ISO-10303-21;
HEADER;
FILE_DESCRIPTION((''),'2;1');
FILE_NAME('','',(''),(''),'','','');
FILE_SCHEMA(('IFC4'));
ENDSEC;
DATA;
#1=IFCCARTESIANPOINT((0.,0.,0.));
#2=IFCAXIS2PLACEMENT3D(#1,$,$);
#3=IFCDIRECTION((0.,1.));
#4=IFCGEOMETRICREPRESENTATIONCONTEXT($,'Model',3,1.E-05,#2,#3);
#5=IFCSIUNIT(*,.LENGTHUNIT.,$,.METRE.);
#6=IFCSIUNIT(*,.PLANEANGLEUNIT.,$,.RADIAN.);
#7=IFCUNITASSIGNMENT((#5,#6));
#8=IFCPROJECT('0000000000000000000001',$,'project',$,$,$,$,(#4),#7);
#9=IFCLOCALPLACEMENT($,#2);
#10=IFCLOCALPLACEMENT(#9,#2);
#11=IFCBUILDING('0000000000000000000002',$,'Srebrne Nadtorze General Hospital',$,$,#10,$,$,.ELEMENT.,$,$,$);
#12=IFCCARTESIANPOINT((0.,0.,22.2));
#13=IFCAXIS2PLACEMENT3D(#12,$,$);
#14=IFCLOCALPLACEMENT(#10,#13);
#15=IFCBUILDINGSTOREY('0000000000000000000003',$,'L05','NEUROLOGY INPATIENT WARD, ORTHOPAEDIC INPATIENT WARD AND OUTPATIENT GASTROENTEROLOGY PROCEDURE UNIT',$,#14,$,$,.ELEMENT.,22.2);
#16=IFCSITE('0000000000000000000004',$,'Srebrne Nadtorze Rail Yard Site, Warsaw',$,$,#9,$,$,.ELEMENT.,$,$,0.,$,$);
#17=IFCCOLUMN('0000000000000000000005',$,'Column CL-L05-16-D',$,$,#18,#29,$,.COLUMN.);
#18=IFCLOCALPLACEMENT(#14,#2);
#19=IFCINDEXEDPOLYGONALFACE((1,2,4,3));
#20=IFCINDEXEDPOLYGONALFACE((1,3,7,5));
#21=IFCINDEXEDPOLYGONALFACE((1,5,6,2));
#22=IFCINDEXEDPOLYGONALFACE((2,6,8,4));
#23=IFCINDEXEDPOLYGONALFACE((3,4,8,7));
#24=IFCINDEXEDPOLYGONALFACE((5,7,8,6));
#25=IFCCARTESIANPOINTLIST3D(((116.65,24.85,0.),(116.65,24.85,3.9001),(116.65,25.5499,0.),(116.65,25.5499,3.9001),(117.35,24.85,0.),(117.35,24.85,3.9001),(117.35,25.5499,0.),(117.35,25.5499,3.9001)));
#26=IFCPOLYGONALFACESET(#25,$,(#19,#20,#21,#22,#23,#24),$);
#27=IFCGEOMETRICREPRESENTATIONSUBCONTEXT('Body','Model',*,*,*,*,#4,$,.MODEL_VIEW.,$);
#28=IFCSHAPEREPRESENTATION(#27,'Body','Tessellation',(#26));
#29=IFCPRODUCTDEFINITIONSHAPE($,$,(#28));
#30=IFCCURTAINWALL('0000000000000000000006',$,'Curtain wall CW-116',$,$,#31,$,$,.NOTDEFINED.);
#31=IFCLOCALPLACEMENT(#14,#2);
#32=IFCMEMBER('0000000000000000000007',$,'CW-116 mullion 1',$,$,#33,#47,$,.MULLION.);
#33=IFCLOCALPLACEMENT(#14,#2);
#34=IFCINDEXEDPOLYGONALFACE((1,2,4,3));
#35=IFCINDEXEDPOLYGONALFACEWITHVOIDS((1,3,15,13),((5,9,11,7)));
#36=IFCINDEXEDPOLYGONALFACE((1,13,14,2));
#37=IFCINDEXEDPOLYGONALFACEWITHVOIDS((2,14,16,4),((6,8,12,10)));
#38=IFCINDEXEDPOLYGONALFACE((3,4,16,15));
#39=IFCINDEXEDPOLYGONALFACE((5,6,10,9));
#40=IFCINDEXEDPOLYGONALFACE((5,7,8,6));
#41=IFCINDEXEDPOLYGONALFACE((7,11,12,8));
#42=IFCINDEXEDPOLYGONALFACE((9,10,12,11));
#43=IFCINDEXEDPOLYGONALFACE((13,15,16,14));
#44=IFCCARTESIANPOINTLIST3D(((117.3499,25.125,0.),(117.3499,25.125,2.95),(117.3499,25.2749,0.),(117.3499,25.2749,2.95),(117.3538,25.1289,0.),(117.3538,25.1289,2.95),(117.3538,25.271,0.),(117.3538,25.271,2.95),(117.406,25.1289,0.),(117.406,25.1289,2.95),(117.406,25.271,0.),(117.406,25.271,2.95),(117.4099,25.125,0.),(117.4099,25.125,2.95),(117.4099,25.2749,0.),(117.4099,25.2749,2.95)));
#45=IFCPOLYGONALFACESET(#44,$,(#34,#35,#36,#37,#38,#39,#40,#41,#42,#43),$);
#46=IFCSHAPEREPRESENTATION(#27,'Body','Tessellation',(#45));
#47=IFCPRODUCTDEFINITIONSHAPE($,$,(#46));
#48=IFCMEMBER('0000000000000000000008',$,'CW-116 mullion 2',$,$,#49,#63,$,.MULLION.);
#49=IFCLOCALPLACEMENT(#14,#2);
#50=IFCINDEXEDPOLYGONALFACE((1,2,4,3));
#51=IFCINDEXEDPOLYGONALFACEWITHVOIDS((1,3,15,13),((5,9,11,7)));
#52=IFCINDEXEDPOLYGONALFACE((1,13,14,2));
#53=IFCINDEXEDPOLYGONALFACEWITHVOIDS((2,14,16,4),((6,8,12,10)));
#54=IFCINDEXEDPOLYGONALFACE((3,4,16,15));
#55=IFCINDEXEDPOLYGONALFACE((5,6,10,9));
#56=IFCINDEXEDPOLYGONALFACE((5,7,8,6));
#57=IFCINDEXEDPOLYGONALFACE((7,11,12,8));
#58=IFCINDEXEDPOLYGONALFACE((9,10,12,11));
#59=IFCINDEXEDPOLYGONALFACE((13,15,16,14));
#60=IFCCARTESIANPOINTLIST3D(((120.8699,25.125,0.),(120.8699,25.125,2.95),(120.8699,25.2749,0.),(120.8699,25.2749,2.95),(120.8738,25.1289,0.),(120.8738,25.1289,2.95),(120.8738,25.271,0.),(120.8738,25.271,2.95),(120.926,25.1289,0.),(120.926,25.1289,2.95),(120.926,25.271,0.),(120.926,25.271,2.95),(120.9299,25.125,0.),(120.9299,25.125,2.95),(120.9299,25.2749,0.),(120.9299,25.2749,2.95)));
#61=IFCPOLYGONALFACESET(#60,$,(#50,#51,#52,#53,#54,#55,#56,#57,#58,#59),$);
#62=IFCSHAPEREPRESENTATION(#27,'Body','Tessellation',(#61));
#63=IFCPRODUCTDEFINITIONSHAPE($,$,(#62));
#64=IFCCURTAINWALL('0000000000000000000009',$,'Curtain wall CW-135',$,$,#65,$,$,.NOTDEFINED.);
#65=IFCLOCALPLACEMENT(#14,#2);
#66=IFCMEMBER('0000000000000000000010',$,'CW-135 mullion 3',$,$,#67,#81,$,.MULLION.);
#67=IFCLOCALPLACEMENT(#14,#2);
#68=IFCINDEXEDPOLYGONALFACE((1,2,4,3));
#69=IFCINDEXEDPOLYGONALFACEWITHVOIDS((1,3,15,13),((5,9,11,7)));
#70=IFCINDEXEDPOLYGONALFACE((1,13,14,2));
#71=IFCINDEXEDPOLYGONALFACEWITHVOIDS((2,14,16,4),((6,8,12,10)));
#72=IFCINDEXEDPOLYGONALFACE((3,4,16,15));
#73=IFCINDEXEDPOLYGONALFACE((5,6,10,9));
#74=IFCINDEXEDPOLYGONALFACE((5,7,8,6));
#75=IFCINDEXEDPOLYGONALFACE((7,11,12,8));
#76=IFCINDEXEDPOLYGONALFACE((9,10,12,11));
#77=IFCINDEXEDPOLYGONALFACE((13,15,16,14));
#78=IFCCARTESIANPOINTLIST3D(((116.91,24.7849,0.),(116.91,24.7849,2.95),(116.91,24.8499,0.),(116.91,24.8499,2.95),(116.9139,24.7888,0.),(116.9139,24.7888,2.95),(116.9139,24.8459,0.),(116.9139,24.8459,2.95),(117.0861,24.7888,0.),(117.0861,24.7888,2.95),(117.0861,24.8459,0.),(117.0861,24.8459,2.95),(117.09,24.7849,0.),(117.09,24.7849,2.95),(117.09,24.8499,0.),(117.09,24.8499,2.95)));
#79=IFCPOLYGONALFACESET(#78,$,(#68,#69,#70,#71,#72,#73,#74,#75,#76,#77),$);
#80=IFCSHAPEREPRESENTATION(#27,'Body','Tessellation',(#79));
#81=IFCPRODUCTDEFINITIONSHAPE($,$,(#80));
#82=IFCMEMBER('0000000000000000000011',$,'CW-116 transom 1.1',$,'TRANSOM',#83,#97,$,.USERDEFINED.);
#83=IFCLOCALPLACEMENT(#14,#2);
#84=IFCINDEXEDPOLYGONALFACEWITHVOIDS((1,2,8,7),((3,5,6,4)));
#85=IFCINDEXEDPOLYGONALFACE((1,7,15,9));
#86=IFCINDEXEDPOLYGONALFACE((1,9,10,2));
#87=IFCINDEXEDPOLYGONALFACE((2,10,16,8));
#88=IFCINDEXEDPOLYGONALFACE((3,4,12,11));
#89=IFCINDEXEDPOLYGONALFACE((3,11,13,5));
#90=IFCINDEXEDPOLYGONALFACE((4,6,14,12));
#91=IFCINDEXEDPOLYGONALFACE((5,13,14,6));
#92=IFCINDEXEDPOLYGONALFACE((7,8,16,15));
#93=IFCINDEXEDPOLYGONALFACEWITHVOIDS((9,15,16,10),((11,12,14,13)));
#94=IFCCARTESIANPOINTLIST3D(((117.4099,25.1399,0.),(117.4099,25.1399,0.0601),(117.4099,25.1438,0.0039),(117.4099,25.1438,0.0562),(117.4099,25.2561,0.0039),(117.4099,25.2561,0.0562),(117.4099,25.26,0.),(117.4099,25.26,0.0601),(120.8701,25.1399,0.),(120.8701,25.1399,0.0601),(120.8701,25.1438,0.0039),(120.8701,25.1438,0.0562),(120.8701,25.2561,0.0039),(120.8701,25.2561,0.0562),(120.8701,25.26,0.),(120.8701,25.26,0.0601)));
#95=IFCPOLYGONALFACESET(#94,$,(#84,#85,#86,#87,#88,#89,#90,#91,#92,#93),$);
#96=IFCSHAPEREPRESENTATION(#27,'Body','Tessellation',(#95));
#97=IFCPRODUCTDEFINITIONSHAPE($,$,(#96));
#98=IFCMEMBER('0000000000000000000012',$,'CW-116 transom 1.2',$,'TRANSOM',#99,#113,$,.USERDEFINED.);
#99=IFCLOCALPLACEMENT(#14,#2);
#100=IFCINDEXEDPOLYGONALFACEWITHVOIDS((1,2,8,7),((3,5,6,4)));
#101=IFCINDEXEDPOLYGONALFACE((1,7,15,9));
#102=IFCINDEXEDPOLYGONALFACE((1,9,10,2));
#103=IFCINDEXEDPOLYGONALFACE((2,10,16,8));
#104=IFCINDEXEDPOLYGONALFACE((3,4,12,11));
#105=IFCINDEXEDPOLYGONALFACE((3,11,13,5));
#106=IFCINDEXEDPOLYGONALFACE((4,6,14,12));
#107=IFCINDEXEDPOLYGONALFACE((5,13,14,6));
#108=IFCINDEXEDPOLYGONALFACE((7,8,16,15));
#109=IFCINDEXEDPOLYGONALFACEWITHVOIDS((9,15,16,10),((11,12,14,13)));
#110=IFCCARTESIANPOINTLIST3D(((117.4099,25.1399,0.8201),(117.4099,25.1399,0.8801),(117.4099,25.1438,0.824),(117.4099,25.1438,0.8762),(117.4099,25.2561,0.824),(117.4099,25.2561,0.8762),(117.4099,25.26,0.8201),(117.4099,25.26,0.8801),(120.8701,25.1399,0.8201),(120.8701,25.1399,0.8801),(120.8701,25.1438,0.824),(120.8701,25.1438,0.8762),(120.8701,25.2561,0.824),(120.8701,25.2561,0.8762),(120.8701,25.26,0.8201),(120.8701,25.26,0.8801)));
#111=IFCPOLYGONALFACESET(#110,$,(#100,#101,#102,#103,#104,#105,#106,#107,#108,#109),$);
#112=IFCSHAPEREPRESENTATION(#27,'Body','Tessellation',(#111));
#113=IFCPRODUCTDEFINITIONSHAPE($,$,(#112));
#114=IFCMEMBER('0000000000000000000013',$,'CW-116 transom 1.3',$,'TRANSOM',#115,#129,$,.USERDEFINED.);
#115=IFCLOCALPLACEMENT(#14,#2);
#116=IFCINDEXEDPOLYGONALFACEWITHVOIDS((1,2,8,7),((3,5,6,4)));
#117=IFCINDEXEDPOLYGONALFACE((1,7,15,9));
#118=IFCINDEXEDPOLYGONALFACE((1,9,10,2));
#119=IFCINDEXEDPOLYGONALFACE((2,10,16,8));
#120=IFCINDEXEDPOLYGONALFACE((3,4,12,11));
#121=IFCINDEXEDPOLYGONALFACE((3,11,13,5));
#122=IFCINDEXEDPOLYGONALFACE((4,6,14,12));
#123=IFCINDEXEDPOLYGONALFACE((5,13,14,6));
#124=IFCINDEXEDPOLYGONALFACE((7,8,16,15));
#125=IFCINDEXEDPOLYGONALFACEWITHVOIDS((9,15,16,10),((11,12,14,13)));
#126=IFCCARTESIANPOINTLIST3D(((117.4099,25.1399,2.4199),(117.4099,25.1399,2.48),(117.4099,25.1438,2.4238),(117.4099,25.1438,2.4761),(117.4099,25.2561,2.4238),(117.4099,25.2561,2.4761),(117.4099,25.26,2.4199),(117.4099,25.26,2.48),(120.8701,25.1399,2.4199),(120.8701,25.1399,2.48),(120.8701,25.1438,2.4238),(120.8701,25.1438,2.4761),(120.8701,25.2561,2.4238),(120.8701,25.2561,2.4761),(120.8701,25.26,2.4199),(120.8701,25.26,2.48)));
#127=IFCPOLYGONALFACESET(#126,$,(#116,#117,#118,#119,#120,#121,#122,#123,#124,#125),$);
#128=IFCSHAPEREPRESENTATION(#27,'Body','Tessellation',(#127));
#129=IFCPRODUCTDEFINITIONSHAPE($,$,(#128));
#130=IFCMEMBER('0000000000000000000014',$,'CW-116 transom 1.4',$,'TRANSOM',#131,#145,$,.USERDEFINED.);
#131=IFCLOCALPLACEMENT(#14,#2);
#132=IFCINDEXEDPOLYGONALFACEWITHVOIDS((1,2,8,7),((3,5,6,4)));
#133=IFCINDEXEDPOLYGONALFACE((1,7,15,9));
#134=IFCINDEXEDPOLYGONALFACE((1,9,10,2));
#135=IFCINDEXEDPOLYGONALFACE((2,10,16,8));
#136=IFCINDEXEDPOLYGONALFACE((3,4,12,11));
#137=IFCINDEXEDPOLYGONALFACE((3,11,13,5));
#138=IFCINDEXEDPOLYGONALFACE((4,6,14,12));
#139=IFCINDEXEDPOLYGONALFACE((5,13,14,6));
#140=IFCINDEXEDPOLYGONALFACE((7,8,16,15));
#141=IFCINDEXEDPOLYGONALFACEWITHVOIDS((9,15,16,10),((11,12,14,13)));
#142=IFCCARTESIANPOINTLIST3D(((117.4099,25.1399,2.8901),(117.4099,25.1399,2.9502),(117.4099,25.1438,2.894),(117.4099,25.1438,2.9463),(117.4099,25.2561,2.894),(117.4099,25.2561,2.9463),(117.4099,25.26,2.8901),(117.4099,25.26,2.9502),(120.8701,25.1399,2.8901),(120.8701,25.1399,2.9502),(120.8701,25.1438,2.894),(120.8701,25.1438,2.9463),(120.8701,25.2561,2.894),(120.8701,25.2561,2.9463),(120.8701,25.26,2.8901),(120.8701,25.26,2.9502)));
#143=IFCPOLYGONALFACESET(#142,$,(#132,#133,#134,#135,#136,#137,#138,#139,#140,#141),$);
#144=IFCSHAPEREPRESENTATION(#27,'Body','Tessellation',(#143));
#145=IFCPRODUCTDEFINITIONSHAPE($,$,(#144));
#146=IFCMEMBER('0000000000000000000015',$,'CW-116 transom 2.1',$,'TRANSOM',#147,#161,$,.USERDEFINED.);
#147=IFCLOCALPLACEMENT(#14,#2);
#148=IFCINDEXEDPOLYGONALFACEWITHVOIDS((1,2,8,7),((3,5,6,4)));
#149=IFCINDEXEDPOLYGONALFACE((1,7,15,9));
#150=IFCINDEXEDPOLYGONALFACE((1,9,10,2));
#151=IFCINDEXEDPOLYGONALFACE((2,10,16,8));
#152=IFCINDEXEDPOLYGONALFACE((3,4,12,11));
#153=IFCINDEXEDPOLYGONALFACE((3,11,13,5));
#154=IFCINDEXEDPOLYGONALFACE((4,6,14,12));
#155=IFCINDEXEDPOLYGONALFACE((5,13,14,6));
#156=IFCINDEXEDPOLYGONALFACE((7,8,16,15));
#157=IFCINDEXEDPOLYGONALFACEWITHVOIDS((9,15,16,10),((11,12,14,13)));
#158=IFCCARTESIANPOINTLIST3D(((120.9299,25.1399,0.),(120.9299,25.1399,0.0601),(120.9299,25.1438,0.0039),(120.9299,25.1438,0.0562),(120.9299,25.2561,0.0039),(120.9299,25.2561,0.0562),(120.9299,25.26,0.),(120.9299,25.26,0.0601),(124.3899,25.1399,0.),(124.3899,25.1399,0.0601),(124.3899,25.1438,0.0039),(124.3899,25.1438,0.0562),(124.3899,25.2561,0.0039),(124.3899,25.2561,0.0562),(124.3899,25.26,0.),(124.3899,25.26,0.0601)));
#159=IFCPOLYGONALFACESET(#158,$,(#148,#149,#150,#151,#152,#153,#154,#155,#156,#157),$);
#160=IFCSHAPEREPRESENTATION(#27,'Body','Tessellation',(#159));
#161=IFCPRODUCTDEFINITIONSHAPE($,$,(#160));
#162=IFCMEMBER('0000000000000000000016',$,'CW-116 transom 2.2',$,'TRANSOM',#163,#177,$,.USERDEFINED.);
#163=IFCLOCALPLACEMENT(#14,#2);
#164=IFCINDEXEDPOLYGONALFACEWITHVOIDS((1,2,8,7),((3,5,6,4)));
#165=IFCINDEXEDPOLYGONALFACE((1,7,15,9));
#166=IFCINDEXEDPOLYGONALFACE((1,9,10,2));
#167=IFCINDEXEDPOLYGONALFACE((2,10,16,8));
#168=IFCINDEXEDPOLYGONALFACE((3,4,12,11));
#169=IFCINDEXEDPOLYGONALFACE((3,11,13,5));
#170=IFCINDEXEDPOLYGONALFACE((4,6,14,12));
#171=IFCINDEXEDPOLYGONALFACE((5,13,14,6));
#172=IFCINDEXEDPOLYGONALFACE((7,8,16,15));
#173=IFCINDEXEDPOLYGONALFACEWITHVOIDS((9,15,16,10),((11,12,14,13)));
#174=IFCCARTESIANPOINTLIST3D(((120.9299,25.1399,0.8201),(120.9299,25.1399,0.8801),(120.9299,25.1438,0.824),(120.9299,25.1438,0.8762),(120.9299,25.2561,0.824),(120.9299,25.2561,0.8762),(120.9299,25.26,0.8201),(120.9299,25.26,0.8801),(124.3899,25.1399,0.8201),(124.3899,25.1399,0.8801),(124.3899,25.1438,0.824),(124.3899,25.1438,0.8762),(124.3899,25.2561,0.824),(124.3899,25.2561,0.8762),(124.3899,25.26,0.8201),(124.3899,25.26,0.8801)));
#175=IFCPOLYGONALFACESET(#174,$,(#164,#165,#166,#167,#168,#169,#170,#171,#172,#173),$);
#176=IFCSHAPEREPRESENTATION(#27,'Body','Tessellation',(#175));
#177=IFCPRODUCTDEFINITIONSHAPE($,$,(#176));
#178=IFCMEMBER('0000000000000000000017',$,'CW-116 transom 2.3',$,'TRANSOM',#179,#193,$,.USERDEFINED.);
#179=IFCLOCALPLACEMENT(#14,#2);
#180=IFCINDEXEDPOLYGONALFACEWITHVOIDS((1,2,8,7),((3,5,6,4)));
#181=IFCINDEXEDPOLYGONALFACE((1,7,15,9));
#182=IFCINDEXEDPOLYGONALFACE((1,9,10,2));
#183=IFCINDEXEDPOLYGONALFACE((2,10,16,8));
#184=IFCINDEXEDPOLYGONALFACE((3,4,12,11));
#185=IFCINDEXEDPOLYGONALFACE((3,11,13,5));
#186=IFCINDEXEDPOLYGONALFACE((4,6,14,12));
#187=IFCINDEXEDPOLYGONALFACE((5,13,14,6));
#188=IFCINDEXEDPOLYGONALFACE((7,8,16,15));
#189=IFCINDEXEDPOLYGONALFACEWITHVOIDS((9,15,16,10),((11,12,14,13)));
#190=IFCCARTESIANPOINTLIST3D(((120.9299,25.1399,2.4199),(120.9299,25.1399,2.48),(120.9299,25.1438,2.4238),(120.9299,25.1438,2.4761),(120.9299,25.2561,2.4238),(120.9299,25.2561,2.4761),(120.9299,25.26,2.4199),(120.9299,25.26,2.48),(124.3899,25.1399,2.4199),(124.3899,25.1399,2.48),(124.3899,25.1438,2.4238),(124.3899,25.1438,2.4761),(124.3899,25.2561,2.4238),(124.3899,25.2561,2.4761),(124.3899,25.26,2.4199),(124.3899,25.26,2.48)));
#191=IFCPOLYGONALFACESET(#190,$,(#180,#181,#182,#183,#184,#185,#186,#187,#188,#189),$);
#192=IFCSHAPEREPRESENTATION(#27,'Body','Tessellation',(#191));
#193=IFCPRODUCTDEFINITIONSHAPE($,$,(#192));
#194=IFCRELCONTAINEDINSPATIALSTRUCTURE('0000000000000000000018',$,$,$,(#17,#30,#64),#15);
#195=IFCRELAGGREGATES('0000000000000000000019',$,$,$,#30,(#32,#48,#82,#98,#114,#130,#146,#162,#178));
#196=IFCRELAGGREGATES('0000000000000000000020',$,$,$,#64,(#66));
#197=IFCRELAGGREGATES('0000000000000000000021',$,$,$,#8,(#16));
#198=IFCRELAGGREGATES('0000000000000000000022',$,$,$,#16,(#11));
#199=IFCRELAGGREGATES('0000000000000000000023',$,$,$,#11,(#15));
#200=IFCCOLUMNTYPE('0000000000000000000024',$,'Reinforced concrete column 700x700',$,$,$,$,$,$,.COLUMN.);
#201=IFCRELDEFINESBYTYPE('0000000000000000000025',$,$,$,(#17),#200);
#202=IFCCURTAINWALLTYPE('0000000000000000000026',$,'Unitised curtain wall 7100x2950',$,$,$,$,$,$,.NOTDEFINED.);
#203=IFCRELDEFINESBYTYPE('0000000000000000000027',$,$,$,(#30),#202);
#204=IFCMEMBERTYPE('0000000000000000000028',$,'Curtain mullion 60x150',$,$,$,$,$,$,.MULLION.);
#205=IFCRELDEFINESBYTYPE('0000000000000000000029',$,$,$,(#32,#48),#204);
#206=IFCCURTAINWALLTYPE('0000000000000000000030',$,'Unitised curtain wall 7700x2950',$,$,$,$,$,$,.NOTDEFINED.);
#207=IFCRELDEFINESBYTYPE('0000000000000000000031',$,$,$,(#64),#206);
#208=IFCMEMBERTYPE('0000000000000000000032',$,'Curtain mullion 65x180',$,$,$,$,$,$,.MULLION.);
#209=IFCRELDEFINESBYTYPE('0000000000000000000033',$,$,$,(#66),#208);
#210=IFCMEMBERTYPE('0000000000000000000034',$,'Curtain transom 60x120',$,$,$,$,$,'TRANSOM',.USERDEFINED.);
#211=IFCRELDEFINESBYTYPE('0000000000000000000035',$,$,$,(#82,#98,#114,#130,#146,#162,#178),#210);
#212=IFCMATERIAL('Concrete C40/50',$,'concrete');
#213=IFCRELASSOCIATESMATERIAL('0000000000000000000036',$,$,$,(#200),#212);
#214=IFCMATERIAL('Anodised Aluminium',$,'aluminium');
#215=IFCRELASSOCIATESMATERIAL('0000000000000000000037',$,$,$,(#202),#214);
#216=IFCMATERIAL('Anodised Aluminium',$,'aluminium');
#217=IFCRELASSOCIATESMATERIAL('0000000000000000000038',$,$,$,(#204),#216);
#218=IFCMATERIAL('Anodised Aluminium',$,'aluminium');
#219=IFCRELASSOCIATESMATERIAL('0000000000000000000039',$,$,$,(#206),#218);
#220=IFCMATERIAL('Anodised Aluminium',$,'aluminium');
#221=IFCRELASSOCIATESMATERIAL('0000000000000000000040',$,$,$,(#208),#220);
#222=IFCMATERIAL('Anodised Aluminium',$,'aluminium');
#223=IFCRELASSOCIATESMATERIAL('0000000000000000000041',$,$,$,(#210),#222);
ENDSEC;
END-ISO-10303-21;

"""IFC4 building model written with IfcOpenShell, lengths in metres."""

from ifc_helpers import new_model, si_unit, direction, frame, origin, origin_2d, place, context, subcontext, project, spatial, rectangle, hollow_rectangle, extrude, material, material_profile, profile_set, type_object, element, aggregate, save


model = new_model("IFC4")

# Units and contexts
model_context = context("Model", 3, precision=1e-05, world=origin(), true_north=direction((0.0, 1.0)))
body_context = subcontext(model_context, "Body", "Model", "MODEL_VIEW")
ifc_project = project(units=[si_unit("LENGTHUNIT", "METRE"), si_unit("PLANEANGLEUNIT", "RADIAN")], contexts=[model_context])

# Site, building, storey
site_placement = place(None, origin())
site = spatial("IfcSite", under=ifc_project, at=site_placement, Name="Srebrne Nadtorze Rail Yard Site, Warsaw", CompositionType="ELEMENT", RefElevation=0.0)
building_placement = place(site_placement, origin())
building = spatial("IfcBuilding", under=site, at=building_placement, Name="Srebrne Nadtorze General Hospital", CompositionType="ELEMENT")
storey_placement = place(building_placement, frame((0.0, 0.0, 22.2)))
storey = spatial("IfcBuildingStorey", under=building, at=storey_placement, Name="L05", Description="NEUROLOGY INPATIENT WARD, ORTHOPAEDIC INPATIENT WARD AND OUTPATIENT GASTROENTEROLOGY PROCEDURE UNIT", CompositionType="ELEMENT", Elevation=22.2)

# Column
ifc_material_1 = material(Name="Concrete C40/50", Category="concrete")
ifc_material_profile_1 = material_profile(ifc_material_1, rectangle(XDim=0.7, YDim=0.7, at=origin_2d()), Name="RC-COL-700x700")
ifc_profile_set_1 = profile_set([ifc_material_profile_1], Name="Concrete C40/50")
column_type = type_object("IfcColumnType", Name="Reinforced concrete column 700x700", PredefinedType="COLUMN", material=ifc_profile_set_1)
column_placement = place(storey_placement, frame((117.0, 25.2, 0.0), z_axis=(0.0, 0.0, 1.0), x_axis=(1.0, 0.0, 0.0)))
element("IfcColumn", 1, at=column_placement, inside=storey, type_object=column_type, Name="Column CL-L05-16-D", PredefinedType="COLUMN", context=body_context, shape_type="SweptSolid", body=[
    extrude(rectangle(XDim=0.7, YDim=0.7, at=origin_2d()), origin(), (0.0, 0.0, 1.0), 3.9001),
])

# Curtain wall, members
ifc_material_2 = material(Name="Anodised Aluminium", Category="aluminium")
curtain_wall_type_1 = type_object("IfcCurtainWallType", Name="Unitised curtain wall 7100x2950", PredefinedType="NOTDEFINED", material=ifc_material_2)
curtain_wall_1_placement = place(storey_placement, origin())
curtain_wall_1 = element("IfcCurtainWall", 2, at=curtain_wall_1_placement, inside=storey, type_object=curtain_wall_type_1, Name="Curtain wall CW-116", PredefinedType="NOTDEFINED")
ifc_material_3 = material(Name="Anodised Aluminium", Category="aluminium")
ifc_material_profile_2 = material_profile(ifc_material_3, hollow_rectangle(XDim=0.0601, YDim=0.1499, WallThickness=0.0039, at=origin_2d()), Name="AL-MUL-60x150")
ifc_profile_set_2 = profile_set([ifc_material_profile_2], Name="Anodised Aluminium")
member_type_1 = type_object("IfcMemberType", Name="Curtain mullion 60x150", PredefinedType="MULLION", material=ifc_profile_set_2)
member_1_placement = place(storey_placement, frame((117.3799, 25.2, 0.0), z_axis=(0.0, 0.0, 1.0), x_axis=(1.0, 0.0, 0.0)))
member_1 = element("IfcMember", 3, at=member_1_placement, type_object=member_type_1, Name="CW-116 mullion 1", PredefinedType="MULLION", context=body_context, shape_type="SweptSolid", body=[
    extrude(hollow_rectangle(XDim=0.0601, YDim=0.1499, WallThickness=0.0039, at=origin_2d()), origin(), (0.0, 0.0, 1.0), 2.95),
])
member_2_placement = place(storey_placement, frame((120.8999, 25.2, 0.0), z_axis=(0.0, 0.0, 1.0), x_axis=(1.0, 0.0, 0.0)))
member_2 = element("IfcMember", 4, at=member_2_placement, type_object=member_type_1, Name="CW-116 mullion 2", PredefinedType="MULLION", context=body_context, shape_type="SweptSolid", body=[
    extrude(hollow_rectangle(XDim=0.0601, YDim=0.1499, WallThickness=0.0039, at=origin_2d()), origin(), (0.0, 0.0, 1.0), 2.95),
])

# Curtain wall, member
ifc_material_4 = material(Name="Anodised Aluminium", Category="aluminium")
curtain_wall_type_2 = type_object("IfcCurtainWallType", Name="Unitised curtain wall 7700x2950", PredefinedType="NOTDEFINED", material=ifc_material_4)
curtain_wall_2_placement = place(storey_placement, origin())
curtain_wall_2 = element("IfcCurtainWall", 5, at=curtain_wall_2_placement, inside=storey, type_object=curtain_wall_type_2, Name="Curtain wall CW-135", PredefinedType="NOTDEFINED")
ifc_material_5 = material(Name="Anodised Aluminium", Category="aluminium")
ifc_material_profile_3 = material_profile(ifc_material_5, hollow_rectangle(XDim=0.0649, YDim=0.1799, WallThickness=0.0039, at=origin_2d()), Name="AL-MUL-65x180")
ifc_profile_set_3 = profile_set([ifc_material_profile_3], Name="Anodised Aluminium")
member_type_2 = type_object("IfcMemberType", Name="Curtain mullion 65x180", PredefinedType="MULLION", material=ifc_profile_set_3)
member_3_placement = place(storey_placement, frame((117.0, 24.8174, 0.0), z_axis=(0.0, 0.0, 1.0), x_axis=(0.0, 1.0, 0.0)))
member_3 = element("IfcMember", 6, at=member_3_placement, type_object=member_type_2, Name="CW-135 mullion 3", PredefinedType="MULLION", context=body_context, shape_type="SweptSolid", body=[
    extrude(hollow_rectangle(XDim=0.0649, YDim=0.1799, WallThickness=0.0039, at=origin_2d()), origin(), (0.0, 0.0, 1.0), 2.95),
])

# Members
ifc_material_6 = material(Name="Anodised Aluminium", Category="aluminium")
ifc_material_profile_4 = material_profile(ifc_material_6, hollow_rectangle(XDim=0.0601, YDim=0.1201, WallThickness=0.0039, at=origin_2d()), Name="AL-TRN-60x120")
ifc_profile_set_4 = profile_set([ifc_material_profile_4], Name="Anodised Aluminium")
member_type_3 = type_object("IfcMemberType", Name="Curtain transom 60x120", ElementType="TRANSOM", PredefinedType="USERDEFINED", material=ifc_profile_set_4)
member_4_placement = place(storey_placement, frame((117.4099, 25.2, 0.03), z_axis=(1.0, 0.0, 0.0), x_axis=(0.0, 0.0, 1.0)))
member_4 = element("IfcMember", 7, at=member_4_placement, type_object=member_type_3, Name="CW-116 transom 1.1", ObjectType="TRANSOM", PredefinedType="USERDEFINED", context=body_context, shape_type="SweptSolid", body=[
    extrude(hollow_rectangle(XDim=0.0601, YDim=0.1201, WallThickness=0.0039, at=origin_2d()), origin(), (0.0, 0.0, 1.0), 3.4602),
])
member_5_placement = place(storey_placement, frame((117.4099, 25.2, 0.8501), z_axis=(1.0, 0.0, 0.0), x_axis=(0.0, 0.0, 1.0)))
member_5 = element("IfcMember", 8, at=member_5_placement, type_object=member_type_3, Name="CW-116 transom 1.2", ObjectType="TRANSOM", PredefinedType="USERDEFINED", context=body_context, shape_type="SweptSolid", body=[
    extrude(hollow_rectangle(XDim=0.0601, YDim=0.1201, WallThickness=0.0039, at=origin_2d()), origin(), (0.0, 0.0, 1.0), 3.4602),
])
member_6_placement = place(storey_placement, frame((117.4099, 25.2, 2.45), z_axis=(1.0, 0.0, 0.0), x_axis=(0.0, 0.0, 1.0)))
member_6 = element("IfcMember", 9, at=member_6_placement, type_object=member_type_3, Name="CW-116 transom 1.3", ObjectType="TRANSOM", PredefinedType="USERDEFINED", context=body_context, shape_type="SweptSolid", body=[
    extrude(hollow_rectangle(XDim=0.0601, YDim=0.1201, WallThickness=0.0039, at=origin_2d()), origin(), (0.0, 0.0, 1.0), 3.4602),
])
member_7_placement = place(storey_placement, frame((117.4099, 25.2, 2.9202), z_axis=(1.0, 0.0, 0.0), x_axis=(0.0, 0.0, 1.0)))
member_7 = element("IfcMember", 10, at=member_7_placement, type_object=member_type_3, Name="CW-116 transom 1.4", ObjectType="TRANSOM", PredefinedType="USERDEFINED", context=body_context, shape_type="SweptSolid", body=[
    extrude(hollow_rectangle(XDim=0.0601, YDim=0.1201, WallThickness=0.0039, at=origin_2d()), origin(), (0.0, 0.0, 1.0), 3.4602),
])
member_8_placement = place(storey_placement, frame((120.9299, 25.2, 0.03), z_axis=(1.0, 0.0, 0.0), x_axis=(0.0, 0.0, 1.0)))
member_8 = element("IfcMember", 11, at=member_8_placement, type_object=member_type_3, Name="CW-116 transom 2.1", ObjectType="TRANSOM", PredefinedType="USERDEFINED", context=body_context, shape_type="SweptSolid", body=[
    extrude(hollow_rectangle(XDim=0.0601, YDim=0.1201, WallThickness=0.0039, at=origin_2d()), origin(), (0.0, 0.0, 1.0), 3.46),
])
member_9_placement = place(storey_placement, frame((120.9299, 25.2, 0.8501), z_axis=(1.0, 0.0, 0.0), x_axis=(0.0, 0.0, 1.0)))
member_9 = element("IfcMember", 12, at=member_9_placement, type_object=member_type_3, Name="CW-116 transom 2.2", ObjectType="TRANSOM", PredefinedType="USERDEFINED", context=body_context, shape_type="SweptSolid", body=[
    extrude(hollow_rectangle(XDim=0.0601, YDim=0.1201, WallThickness=0.0039, at=origin_2d()), origin(), (0.0, 0.0, 1.0), 3.46),
])
member_10_placement = place(storey_placement, frame((120.9299, 25.2, 2.45), z_axis=(1.0, 0.0, 0.0), x_axis=(0.0, 0.0, 1.0)))
member_10 = element("IfcMember", 13, at=member_10_placement, type_object=member_type_3, Name="CW-116 transom 2.3", ObjectType="TRANSOM", PredefinedType="USERDEFINED", context=body_context, shape_type="SweptSolid", body=[
    extrude(hollow_rectangle(XDim=0.0601, YDim=0.1201, WallThickness=0.0039, at=origin_2d()), origin(), (0.0, 0.0, 1.0), 3.46),
])

aggregate(curtain_wall_1, [member_1, member_2, member_4, member_5, member_6, member_7, member_8, member_9, member_10])
aggregate(curtain_wall_2, [member_3])

save(model, "model.ifc")
